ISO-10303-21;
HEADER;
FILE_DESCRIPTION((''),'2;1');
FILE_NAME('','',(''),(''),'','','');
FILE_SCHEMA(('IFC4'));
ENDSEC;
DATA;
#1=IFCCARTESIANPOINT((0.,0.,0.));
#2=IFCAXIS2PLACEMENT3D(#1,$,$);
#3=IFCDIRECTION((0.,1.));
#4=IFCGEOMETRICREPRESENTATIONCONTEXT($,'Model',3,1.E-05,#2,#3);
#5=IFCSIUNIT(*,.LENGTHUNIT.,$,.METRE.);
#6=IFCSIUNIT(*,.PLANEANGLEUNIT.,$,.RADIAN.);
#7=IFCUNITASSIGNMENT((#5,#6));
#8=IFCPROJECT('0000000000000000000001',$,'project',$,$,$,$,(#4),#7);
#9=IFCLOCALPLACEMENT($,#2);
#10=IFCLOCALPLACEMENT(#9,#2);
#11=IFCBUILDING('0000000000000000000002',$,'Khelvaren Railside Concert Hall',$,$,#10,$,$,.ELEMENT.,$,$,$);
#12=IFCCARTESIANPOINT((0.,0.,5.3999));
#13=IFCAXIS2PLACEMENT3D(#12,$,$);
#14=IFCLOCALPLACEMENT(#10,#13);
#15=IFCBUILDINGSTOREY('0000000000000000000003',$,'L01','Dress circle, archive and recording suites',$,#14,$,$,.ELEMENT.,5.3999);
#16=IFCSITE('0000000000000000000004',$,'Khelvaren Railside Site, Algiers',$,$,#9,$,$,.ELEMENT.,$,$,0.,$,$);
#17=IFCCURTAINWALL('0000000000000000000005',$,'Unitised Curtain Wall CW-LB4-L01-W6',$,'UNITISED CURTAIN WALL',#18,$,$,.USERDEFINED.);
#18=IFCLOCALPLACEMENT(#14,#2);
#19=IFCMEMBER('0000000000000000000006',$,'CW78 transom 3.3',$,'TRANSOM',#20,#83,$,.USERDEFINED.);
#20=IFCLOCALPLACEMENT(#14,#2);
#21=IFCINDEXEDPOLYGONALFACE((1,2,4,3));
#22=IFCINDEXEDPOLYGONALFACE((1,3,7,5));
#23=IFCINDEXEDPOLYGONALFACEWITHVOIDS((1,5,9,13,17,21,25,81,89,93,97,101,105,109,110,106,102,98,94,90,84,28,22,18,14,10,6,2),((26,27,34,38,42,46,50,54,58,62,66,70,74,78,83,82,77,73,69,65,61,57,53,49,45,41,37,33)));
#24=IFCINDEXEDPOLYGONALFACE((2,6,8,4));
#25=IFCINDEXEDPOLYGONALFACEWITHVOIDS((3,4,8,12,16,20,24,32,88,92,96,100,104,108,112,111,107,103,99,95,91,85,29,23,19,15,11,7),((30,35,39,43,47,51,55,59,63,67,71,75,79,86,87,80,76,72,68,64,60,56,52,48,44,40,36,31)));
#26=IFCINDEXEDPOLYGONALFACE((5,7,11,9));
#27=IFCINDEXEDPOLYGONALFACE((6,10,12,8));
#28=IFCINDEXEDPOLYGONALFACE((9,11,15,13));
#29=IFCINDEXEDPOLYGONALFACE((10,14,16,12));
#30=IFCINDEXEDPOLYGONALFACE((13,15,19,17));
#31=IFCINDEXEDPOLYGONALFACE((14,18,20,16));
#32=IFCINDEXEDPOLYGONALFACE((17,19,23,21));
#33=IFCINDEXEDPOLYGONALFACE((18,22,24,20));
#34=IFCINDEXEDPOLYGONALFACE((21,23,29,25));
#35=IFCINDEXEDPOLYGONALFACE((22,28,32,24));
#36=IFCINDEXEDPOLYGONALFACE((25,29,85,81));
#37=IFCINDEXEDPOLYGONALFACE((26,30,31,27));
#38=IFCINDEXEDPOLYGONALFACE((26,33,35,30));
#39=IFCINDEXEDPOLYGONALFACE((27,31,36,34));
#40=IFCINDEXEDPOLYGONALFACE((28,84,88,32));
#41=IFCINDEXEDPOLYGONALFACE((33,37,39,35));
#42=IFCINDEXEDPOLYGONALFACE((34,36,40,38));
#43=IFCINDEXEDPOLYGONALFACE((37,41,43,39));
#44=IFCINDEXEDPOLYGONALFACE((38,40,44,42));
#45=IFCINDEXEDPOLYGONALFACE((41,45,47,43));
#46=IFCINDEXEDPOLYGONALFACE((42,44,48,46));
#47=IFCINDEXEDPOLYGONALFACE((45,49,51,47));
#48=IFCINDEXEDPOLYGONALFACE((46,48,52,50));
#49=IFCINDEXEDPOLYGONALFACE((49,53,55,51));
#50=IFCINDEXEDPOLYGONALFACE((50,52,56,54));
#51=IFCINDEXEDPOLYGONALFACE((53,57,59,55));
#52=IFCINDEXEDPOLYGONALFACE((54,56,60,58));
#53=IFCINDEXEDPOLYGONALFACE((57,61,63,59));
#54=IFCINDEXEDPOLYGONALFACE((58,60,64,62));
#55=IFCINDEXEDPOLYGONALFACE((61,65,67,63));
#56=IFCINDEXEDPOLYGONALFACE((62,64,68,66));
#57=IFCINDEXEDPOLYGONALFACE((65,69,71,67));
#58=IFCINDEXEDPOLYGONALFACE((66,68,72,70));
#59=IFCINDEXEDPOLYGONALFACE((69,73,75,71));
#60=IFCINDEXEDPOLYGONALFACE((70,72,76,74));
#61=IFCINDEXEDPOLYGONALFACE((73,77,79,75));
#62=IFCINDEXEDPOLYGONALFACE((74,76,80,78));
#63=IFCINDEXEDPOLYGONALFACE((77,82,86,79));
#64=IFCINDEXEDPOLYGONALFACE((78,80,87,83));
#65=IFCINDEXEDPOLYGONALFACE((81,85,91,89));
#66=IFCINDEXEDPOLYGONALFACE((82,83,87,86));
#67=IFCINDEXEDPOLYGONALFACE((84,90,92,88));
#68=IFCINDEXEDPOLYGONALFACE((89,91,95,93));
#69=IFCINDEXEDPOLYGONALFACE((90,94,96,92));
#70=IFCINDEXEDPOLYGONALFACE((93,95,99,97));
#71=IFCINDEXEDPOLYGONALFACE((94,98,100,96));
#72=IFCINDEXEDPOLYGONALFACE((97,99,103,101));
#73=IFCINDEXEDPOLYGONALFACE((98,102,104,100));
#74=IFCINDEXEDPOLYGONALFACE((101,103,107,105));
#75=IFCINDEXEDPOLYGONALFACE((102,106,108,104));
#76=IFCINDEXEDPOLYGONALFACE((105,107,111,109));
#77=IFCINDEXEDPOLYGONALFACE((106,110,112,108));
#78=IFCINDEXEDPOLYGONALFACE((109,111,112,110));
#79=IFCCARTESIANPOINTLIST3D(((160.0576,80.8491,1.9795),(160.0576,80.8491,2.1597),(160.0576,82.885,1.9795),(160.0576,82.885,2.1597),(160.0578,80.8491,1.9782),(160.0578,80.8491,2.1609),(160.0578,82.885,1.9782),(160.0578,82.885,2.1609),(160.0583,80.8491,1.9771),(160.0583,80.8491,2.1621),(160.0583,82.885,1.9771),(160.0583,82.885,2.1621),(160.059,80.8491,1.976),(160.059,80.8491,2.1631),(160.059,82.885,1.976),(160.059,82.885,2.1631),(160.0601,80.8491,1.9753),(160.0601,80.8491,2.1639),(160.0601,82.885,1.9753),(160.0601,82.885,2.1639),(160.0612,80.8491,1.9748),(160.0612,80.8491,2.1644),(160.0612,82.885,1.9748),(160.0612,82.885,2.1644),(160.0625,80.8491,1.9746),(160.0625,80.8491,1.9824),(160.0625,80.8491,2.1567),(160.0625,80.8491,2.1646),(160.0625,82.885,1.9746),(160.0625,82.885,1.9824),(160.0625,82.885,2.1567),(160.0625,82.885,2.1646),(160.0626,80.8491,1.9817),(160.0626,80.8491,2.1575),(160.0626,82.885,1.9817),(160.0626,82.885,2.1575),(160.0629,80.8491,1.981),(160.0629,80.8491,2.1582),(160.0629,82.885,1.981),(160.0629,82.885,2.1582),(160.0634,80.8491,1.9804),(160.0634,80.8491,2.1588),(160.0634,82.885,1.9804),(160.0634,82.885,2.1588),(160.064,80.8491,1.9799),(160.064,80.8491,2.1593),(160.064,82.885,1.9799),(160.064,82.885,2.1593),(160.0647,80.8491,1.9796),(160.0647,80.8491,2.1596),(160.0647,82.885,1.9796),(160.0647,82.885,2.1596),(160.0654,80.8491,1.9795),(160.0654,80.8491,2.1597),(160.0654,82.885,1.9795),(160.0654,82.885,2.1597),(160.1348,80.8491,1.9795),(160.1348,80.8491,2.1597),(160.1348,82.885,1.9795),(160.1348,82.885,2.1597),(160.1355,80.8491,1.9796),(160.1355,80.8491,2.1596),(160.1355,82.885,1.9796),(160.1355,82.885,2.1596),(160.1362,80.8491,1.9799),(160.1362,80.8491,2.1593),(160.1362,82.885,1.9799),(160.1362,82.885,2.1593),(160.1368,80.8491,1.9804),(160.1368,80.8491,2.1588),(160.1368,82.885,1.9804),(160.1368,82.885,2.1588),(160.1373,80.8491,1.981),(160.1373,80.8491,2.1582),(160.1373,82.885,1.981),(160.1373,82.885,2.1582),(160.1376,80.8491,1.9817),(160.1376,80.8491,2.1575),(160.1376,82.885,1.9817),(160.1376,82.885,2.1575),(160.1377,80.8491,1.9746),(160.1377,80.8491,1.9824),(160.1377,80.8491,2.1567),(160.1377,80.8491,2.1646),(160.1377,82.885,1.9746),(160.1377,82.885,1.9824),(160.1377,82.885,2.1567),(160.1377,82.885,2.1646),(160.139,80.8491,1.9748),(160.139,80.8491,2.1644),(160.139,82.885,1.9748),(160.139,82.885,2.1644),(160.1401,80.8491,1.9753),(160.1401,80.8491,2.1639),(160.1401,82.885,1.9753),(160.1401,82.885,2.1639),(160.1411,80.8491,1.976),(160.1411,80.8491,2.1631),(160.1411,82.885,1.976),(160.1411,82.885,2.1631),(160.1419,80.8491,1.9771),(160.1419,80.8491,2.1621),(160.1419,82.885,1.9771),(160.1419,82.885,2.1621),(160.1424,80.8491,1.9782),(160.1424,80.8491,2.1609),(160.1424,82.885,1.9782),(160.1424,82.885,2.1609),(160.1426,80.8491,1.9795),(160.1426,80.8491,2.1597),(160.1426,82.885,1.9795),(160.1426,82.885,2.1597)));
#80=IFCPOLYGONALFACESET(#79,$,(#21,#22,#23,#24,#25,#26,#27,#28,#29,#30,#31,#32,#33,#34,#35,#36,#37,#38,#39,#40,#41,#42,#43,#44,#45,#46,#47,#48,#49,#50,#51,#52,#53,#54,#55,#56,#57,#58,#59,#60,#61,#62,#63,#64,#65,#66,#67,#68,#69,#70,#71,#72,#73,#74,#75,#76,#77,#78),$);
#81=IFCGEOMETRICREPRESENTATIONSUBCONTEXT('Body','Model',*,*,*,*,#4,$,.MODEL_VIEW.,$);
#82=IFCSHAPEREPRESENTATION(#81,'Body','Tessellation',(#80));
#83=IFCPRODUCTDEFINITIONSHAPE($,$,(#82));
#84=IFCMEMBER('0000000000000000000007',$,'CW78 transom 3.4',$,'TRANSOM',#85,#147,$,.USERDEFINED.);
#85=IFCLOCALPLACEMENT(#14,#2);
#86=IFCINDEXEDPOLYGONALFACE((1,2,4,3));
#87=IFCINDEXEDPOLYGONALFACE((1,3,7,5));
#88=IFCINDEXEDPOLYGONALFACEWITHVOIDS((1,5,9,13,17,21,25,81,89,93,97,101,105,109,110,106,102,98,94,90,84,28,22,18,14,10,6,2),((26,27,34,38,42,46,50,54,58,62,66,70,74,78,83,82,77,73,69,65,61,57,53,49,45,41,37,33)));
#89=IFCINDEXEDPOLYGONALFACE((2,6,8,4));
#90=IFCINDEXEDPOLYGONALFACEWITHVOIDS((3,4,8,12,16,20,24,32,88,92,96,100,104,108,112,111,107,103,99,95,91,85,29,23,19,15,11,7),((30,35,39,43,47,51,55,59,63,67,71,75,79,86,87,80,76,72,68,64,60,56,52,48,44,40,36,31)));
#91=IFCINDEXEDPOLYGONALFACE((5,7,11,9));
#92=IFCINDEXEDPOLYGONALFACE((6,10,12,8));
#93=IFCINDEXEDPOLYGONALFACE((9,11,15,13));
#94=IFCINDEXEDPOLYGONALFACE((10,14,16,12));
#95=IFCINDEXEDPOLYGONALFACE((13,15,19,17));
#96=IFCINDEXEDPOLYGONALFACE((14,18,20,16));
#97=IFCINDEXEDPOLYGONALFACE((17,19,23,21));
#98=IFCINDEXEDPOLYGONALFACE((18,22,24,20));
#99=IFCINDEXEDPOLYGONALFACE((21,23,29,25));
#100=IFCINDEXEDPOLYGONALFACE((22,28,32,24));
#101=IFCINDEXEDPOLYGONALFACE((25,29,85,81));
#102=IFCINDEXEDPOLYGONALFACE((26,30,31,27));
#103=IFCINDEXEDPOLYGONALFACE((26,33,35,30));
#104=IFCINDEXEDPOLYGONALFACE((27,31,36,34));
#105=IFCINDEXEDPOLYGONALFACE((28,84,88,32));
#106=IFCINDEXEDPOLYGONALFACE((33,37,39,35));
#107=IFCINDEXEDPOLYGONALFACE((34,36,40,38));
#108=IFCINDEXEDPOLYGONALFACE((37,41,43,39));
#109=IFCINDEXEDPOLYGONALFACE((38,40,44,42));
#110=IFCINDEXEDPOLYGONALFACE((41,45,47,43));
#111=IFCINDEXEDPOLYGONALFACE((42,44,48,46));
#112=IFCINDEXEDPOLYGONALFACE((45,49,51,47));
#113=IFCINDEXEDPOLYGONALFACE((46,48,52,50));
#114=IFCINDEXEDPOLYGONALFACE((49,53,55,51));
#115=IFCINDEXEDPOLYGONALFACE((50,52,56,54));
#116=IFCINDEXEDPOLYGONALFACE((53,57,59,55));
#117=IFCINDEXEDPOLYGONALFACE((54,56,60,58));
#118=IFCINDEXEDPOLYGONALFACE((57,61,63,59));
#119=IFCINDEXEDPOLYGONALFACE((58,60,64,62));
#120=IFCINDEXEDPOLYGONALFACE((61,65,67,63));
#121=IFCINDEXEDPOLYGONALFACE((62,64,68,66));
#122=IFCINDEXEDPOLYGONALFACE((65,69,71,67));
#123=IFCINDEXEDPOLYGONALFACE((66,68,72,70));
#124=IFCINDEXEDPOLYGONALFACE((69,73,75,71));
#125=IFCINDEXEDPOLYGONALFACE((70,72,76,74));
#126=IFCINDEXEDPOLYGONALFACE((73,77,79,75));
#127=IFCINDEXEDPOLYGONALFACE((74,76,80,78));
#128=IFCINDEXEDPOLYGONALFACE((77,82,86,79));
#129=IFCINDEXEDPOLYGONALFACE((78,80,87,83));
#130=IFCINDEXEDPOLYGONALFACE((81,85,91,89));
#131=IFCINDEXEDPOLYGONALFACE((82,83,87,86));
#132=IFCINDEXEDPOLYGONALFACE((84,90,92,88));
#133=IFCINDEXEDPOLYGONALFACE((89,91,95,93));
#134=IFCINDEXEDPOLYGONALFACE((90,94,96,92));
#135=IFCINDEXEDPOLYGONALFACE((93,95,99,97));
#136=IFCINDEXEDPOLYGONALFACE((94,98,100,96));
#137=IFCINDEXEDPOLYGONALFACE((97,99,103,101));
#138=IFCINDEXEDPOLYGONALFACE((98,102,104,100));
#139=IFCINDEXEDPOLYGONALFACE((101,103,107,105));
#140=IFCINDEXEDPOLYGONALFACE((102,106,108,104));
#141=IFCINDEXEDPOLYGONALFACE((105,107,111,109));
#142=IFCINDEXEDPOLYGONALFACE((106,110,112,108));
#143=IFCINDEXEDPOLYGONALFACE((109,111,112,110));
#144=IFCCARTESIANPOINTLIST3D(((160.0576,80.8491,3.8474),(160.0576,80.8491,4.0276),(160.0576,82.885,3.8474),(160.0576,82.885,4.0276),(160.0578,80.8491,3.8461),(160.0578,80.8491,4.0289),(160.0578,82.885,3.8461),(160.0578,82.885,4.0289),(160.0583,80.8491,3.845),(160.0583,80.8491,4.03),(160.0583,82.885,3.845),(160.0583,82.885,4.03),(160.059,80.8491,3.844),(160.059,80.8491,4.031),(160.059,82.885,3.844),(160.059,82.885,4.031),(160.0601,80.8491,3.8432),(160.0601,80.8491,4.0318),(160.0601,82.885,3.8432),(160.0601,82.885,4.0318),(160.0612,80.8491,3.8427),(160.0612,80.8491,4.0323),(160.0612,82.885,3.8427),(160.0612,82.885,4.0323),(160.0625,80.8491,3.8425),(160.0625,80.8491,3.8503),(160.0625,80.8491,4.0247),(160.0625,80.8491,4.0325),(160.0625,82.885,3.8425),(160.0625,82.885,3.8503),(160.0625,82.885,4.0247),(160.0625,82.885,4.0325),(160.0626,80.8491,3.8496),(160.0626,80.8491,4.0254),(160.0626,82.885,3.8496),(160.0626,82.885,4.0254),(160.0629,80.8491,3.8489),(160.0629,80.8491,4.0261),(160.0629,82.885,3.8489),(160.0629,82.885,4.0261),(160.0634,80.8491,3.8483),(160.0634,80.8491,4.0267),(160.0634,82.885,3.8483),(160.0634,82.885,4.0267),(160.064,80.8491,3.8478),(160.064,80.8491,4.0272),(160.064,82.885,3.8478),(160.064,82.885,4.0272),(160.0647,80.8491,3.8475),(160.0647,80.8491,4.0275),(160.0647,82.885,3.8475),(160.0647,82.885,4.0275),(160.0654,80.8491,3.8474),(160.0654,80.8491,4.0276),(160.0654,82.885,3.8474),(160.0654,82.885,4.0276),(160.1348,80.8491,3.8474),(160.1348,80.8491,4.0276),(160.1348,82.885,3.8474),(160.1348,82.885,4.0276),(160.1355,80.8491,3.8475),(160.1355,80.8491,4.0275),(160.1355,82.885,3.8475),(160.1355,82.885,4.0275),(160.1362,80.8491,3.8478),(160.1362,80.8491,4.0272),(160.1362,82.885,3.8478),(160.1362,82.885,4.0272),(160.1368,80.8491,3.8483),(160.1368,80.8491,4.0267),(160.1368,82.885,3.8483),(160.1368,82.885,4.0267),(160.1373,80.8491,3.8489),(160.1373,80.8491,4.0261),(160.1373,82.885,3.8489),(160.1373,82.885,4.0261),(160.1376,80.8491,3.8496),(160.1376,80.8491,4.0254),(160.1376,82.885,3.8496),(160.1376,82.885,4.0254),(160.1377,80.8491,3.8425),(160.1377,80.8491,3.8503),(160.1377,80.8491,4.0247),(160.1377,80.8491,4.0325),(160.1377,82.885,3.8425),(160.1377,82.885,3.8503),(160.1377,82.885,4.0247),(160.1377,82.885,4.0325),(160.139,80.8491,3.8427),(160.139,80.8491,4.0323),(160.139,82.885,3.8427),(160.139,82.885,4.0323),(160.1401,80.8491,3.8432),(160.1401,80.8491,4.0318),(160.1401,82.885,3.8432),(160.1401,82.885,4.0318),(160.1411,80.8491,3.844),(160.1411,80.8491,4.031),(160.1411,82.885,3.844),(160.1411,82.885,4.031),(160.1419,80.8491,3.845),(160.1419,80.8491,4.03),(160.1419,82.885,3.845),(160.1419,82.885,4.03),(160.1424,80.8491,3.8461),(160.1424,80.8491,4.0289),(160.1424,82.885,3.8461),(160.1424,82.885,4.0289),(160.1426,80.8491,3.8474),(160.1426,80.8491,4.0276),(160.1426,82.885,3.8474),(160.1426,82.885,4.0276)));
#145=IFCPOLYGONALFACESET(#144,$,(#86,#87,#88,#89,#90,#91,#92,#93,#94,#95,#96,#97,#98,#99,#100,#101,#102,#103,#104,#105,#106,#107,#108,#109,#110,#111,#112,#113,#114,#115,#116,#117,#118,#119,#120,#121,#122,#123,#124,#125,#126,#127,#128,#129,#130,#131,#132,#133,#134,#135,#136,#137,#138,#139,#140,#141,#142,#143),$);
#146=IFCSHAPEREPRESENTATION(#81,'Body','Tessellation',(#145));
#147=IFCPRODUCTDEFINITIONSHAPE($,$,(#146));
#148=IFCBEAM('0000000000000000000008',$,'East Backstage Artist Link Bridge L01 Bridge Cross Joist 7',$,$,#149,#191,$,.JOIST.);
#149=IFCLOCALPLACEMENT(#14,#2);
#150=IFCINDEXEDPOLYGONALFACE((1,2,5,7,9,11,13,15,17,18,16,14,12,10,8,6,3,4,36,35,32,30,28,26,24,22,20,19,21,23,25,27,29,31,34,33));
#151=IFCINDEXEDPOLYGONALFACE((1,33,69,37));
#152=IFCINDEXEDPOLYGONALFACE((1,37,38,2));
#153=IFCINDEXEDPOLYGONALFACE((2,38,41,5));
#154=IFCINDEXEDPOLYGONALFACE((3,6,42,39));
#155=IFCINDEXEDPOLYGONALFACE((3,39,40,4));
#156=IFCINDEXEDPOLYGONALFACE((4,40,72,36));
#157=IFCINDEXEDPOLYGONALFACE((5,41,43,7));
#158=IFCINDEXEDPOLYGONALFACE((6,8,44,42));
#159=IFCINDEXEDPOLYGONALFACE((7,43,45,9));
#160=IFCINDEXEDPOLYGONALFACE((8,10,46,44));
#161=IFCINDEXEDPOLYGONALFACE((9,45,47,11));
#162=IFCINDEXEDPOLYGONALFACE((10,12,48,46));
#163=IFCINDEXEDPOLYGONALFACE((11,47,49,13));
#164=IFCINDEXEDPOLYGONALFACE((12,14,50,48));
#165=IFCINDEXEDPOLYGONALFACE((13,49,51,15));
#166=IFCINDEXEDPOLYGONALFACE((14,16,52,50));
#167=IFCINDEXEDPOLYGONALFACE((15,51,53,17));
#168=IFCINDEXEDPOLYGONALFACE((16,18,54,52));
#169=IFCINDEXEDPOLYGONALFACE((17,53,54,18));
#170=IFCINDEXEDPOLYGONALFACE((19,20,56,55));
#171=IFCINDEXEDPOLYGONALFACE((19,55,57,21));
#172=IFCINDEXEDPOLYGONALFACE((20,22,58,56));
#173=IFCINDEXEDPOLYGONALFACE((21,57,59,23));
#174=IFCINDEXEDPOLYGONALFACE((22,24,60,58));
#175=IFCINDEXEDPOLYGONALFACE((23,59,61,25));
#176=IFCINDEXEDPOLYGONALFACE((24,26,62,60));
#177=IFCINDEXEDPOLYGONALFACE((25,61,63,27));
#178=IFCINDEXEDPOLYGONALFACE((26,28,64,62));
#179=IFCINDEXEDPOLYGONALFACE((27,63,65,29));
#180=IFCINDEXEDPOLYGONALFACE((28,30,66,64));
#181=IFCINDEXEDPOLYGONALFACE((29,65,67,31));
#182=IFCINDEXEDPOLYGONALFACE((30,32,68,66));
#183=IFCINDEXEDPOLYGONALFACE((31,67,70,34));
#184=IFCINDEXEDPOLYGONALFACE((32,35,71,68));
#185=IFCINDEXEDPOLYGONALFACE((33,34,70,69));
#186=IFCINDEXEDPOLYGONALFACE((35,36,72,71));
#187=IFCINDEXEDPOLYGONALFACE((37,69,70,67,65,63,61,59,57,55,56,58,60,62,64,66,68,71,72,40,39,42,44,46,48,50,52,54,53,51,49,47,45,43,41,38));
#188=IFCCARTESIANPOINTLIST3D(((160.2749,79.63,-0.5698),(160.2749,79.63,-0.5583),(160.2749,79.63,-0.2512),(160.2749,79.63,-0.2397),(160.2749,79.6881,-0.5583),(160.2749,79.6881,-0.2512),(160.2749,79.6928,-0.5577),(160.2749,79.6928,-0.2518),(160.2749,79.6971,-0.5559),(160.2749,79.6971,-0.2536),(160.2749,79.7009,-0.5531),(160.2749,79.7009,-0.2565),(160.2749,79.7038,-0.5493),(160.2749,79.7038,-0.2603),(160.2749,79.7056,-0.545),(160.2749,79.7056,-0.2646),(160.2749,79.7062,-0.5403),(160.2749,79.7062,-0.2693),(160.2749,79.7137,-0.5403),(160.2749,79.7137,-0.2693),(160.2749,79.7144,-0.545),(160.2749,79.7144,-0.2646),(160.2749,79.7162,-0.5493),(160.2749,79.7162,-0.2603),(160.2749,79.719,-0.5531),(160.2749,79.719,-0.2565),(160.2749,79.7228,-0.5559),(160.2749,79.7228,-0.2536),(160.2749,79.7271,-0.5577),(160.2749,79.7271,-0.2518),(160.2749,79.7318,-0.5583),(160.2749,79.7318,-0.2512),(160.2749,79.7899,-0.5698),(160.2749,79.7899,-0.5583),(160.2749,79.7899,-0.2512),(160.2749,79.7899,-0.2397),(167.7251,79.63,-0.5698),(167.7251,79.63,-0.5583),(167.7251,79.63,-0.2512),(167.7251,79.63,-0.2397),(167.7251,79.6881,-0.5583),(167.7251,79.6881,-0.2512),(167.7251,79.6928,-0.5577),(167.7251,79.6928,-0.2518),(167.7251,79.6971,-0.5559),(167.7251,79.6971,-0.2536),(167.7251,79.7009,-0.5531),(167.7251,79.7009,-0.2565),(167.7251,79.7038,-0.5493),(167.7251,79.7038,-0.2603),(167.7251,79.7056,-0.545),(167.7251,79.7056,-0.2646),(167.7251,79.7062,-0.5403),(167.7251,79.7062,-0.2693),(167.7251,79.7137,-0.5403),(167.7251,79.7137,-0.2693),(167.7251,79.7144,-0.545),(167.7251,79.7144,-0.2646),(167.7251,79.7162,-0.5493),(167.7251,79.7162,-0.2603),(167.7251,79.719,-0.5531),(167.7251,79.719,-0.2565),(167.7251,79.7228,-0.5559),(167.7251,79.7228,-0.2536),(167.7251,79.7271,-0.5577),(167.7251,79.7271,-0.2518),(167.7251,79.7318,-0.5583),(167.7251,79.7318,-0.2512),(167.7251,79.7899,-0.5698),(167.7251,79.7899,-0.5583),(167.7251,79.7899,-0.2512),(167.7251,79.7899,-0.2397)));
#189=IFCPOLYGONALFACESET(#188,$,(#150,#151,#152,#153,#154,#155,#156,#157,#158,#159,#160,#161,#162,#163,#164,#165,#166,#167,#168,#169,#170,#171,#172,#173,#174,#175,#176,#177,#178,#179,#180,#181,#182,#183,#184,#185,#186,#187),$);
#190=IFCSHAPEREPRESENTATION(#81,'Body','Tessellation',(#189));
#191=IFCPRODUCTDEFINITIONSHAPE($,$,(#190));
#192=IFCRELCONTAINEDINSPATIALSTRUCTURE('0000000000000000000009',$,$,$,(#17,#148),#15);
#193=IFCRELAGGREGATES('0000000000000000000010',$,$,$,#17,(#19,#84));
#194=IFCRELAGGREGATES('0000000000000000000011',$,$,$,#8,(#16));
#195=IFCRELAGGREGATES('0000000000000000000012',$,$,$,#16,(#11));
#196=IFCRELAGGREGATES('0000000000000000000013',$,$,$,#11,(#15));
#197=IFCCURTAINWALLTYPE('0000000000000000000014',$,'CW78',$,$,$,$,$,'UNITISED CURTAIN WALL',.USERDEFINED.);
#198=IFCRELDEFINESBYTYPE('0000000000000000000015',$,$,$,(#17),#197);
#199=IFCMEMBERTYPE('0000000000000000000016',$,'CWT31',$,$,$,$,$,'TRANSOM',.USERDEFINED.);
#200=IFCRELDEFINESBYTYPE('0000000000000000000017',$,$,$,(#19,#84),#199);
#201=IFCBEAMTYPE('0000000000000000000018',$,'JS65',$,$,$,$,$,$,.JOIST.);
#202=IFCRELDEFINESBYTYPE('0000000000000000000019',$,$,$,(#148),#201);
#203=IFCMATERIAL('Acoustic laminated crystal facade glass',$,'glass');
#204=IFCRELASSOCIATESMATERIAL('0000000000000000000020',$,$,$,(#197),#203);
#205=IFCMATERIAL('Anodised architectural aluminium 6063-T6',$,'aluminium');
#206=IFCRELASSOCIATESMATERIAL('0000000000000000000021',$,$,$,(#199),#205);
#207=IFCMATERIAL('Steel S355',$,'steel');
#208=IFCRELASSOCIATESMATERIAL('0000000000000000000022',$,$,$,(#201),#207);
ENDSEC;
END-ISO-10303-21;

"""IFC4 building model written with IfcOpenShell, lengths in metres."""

from ifc_helpers import new_model, si_unit, direction, frame, origin, origin_2d, place, context, subcontext, project, spatial, hollow_rectangle, i_section, extrude, material, material_profile, profile_set, type_object, element, aggregate, save


model = new_model("IFC4")

# Units and contexts
model_context = context("Model", 3, precision=1e-05, world=origin(), true_north=direction((0.0, 1.0)))
body_context = subcontext(model_context, "Body", "Model", "MODEL_VIEW")
ifc_project = project(units=[si_unit("LENGTHUNIT", "METRE"), si_unit("PLANEANGLEUNIT", "RADIAN")], contexts=[model_context])

# Site, building, storey
site_placement = place(None, origin())
site = spatial("IfcSite", under=ifc_project, at=site_placement, Name="Khelvaren Railside Site, Algiers", CompositionType="ELEMENT", RefElevation=0.0)
building_placement = place(site_placement, origin())
building = spatial("IfcBuilding", under=site, at=building_placement, Name="Khelvaren Railside Concert Hall", CompositionType="ELEMENT")
storey_placement = place(building_placement, frame((0.0, 0.0, 5.3999)))
storey = spatial("IfcBuildingStorey", under=building, at=storey_placement, Name="L01", Description="Dress circle, archive and recording suites", CompositionType="ELEMENT", Elevation=5.3999)

# Curtain wall, members
ifc_material_1 = material(Name="Acoustic laminated crystal facade glass", Category="glass")
curtain_wall_type = type_object("IfcCurtainWallType", Name="CW78", ElementType="UNITISED CURTAIN WALL", PredefinedType="USERDEFINED", material=ifc_material_1)
curtain_wall_placement = place(storey_placement, origin())
curtain_wall = element("IfcCurtainWall", 1, at=curtain_wall_placement, inside=storey, type_object=curtain_wall_type, Name="Unitised Curtain Wall CW-LB4-L01-W6", ObjectType="UNITISED CURTAIN WALL", PredefinedType="USERDEFINED")
ifc_material_2 = material(Name="Anodised architectural aluminium 6063-T6", Category="aluminium")
ifc_material_profile_1 = material_profile(ifc_material_2, hollow_rectangle(XDim=0.085, YDim=0.1899, WallThickness=0.0049, InnerFilletRadius=0.0029, OuterFilletRadius=0.0049, at=origin_2d()), Name="CWT 85x190x5")
ifc_profile_set_1 = profile_set([ifc_material_profile_1], Name="Anodised architectural aluminium 6063-T6")
member_type_1 = type_object("IfcMemberType", Name="CWT31", ElementType="TRANSOM", PredefinedType="USERDEFINED", material=ifc_profile_set_1)
member_1_placement = place(storey_placement, frame((160.1001, 80.8491, 2.0696), z_axis=(0.0, 1.0, 0.0), x_axis=(-1.0, 0.0, 0.0)))
member_1 = element("IfcMember", 2, at=member_1_placement, type_object=member_type_1, Name="CW78 transom 3.3", ObjectType="TRANSOM", PredefinedType="USERDEFINED", context=body_context, shape_type="SweptSolid", body=[
    extrude(hollow_rectangle(XDim=0.085, YDim=0.1899, WallThickness=0.0049, InnerFilletRadius=0.0029, OuterFilletRadius=0.0049, at=origin_2d()), origin(), (0.0, 0.0, 1.0), 2.0359),
])
member_2_placement = place(storey_placement, frame((160.1001, 80.8491, 3.9375), z_axis=(0.0, 1.0, 0.0), x_axis=(-1.0, 0.0, 0.0)))
member_2 = element("IfcMember", 3, at=member_2_placement, type_object=member_type_1, Name="CW78 transom 3.4", ObjectType="TRANSOM", PredefinedType="USERDEFINED", context=body_context, shape_type="SweptSolid", body=[
    extrude(hollow_rectangle(XDim=0.085, YDim=0.1899, WallThickness=0.0049, InnerFilletRadius=0.0029, OuterFilletRadius=0.0049, at=origin_2d()), origin(), (0.0, 0.0, 1.0), 2.0359),
])

# Beam
ifc_material_3 = material(Name="Steel S355", Category="steel")
ifc_material_profile_2 = material_profile(ifc_material_3, i_section(OverallWidth=0.1599, OverallDepth=0.3301, WebThickness=0.0076, FlangeThickness=0.0115, FilletRadius=0.0181, at=origin_2d()), Name="IPE 330")
ifc_profile_set_2 = profile_set([ifc_material_profile_2], Name="Steel S355")
beam_type = type_object("IfcBeamType", Name="JS65", PredefinedType="JOIST", material=ifc_profile_set_2)
beam_placement = place(storey_placement, frame((160.2749, 79.71, -0.4048), z_axis=(1.0, 0.0, 0.0), x_axis=(0.0, 1.0, 0.0)))
element("IfcBeam", 4, at=beam_placement, inside=storey, type_object=beam_type, Name="East Backstage Artist Link Bridge L01 Bridge Cross Joist 7", PredefinedType="JOIST", context=body_context, shape_type="SweptSolid", body=[
    extrude(i_section(OverallWidth=0.1599, OverallDepth=0.3301, WebThickness=0.0076, FlangeThickness=0.0115, FilletRadius=0.0181, at=origin_2d()), origin(), (0.0, 0.0, 1.0), 7.4502),
])

aggregate(curtain_wall, [member_1, member_2])

save(model, "model.ifc")
